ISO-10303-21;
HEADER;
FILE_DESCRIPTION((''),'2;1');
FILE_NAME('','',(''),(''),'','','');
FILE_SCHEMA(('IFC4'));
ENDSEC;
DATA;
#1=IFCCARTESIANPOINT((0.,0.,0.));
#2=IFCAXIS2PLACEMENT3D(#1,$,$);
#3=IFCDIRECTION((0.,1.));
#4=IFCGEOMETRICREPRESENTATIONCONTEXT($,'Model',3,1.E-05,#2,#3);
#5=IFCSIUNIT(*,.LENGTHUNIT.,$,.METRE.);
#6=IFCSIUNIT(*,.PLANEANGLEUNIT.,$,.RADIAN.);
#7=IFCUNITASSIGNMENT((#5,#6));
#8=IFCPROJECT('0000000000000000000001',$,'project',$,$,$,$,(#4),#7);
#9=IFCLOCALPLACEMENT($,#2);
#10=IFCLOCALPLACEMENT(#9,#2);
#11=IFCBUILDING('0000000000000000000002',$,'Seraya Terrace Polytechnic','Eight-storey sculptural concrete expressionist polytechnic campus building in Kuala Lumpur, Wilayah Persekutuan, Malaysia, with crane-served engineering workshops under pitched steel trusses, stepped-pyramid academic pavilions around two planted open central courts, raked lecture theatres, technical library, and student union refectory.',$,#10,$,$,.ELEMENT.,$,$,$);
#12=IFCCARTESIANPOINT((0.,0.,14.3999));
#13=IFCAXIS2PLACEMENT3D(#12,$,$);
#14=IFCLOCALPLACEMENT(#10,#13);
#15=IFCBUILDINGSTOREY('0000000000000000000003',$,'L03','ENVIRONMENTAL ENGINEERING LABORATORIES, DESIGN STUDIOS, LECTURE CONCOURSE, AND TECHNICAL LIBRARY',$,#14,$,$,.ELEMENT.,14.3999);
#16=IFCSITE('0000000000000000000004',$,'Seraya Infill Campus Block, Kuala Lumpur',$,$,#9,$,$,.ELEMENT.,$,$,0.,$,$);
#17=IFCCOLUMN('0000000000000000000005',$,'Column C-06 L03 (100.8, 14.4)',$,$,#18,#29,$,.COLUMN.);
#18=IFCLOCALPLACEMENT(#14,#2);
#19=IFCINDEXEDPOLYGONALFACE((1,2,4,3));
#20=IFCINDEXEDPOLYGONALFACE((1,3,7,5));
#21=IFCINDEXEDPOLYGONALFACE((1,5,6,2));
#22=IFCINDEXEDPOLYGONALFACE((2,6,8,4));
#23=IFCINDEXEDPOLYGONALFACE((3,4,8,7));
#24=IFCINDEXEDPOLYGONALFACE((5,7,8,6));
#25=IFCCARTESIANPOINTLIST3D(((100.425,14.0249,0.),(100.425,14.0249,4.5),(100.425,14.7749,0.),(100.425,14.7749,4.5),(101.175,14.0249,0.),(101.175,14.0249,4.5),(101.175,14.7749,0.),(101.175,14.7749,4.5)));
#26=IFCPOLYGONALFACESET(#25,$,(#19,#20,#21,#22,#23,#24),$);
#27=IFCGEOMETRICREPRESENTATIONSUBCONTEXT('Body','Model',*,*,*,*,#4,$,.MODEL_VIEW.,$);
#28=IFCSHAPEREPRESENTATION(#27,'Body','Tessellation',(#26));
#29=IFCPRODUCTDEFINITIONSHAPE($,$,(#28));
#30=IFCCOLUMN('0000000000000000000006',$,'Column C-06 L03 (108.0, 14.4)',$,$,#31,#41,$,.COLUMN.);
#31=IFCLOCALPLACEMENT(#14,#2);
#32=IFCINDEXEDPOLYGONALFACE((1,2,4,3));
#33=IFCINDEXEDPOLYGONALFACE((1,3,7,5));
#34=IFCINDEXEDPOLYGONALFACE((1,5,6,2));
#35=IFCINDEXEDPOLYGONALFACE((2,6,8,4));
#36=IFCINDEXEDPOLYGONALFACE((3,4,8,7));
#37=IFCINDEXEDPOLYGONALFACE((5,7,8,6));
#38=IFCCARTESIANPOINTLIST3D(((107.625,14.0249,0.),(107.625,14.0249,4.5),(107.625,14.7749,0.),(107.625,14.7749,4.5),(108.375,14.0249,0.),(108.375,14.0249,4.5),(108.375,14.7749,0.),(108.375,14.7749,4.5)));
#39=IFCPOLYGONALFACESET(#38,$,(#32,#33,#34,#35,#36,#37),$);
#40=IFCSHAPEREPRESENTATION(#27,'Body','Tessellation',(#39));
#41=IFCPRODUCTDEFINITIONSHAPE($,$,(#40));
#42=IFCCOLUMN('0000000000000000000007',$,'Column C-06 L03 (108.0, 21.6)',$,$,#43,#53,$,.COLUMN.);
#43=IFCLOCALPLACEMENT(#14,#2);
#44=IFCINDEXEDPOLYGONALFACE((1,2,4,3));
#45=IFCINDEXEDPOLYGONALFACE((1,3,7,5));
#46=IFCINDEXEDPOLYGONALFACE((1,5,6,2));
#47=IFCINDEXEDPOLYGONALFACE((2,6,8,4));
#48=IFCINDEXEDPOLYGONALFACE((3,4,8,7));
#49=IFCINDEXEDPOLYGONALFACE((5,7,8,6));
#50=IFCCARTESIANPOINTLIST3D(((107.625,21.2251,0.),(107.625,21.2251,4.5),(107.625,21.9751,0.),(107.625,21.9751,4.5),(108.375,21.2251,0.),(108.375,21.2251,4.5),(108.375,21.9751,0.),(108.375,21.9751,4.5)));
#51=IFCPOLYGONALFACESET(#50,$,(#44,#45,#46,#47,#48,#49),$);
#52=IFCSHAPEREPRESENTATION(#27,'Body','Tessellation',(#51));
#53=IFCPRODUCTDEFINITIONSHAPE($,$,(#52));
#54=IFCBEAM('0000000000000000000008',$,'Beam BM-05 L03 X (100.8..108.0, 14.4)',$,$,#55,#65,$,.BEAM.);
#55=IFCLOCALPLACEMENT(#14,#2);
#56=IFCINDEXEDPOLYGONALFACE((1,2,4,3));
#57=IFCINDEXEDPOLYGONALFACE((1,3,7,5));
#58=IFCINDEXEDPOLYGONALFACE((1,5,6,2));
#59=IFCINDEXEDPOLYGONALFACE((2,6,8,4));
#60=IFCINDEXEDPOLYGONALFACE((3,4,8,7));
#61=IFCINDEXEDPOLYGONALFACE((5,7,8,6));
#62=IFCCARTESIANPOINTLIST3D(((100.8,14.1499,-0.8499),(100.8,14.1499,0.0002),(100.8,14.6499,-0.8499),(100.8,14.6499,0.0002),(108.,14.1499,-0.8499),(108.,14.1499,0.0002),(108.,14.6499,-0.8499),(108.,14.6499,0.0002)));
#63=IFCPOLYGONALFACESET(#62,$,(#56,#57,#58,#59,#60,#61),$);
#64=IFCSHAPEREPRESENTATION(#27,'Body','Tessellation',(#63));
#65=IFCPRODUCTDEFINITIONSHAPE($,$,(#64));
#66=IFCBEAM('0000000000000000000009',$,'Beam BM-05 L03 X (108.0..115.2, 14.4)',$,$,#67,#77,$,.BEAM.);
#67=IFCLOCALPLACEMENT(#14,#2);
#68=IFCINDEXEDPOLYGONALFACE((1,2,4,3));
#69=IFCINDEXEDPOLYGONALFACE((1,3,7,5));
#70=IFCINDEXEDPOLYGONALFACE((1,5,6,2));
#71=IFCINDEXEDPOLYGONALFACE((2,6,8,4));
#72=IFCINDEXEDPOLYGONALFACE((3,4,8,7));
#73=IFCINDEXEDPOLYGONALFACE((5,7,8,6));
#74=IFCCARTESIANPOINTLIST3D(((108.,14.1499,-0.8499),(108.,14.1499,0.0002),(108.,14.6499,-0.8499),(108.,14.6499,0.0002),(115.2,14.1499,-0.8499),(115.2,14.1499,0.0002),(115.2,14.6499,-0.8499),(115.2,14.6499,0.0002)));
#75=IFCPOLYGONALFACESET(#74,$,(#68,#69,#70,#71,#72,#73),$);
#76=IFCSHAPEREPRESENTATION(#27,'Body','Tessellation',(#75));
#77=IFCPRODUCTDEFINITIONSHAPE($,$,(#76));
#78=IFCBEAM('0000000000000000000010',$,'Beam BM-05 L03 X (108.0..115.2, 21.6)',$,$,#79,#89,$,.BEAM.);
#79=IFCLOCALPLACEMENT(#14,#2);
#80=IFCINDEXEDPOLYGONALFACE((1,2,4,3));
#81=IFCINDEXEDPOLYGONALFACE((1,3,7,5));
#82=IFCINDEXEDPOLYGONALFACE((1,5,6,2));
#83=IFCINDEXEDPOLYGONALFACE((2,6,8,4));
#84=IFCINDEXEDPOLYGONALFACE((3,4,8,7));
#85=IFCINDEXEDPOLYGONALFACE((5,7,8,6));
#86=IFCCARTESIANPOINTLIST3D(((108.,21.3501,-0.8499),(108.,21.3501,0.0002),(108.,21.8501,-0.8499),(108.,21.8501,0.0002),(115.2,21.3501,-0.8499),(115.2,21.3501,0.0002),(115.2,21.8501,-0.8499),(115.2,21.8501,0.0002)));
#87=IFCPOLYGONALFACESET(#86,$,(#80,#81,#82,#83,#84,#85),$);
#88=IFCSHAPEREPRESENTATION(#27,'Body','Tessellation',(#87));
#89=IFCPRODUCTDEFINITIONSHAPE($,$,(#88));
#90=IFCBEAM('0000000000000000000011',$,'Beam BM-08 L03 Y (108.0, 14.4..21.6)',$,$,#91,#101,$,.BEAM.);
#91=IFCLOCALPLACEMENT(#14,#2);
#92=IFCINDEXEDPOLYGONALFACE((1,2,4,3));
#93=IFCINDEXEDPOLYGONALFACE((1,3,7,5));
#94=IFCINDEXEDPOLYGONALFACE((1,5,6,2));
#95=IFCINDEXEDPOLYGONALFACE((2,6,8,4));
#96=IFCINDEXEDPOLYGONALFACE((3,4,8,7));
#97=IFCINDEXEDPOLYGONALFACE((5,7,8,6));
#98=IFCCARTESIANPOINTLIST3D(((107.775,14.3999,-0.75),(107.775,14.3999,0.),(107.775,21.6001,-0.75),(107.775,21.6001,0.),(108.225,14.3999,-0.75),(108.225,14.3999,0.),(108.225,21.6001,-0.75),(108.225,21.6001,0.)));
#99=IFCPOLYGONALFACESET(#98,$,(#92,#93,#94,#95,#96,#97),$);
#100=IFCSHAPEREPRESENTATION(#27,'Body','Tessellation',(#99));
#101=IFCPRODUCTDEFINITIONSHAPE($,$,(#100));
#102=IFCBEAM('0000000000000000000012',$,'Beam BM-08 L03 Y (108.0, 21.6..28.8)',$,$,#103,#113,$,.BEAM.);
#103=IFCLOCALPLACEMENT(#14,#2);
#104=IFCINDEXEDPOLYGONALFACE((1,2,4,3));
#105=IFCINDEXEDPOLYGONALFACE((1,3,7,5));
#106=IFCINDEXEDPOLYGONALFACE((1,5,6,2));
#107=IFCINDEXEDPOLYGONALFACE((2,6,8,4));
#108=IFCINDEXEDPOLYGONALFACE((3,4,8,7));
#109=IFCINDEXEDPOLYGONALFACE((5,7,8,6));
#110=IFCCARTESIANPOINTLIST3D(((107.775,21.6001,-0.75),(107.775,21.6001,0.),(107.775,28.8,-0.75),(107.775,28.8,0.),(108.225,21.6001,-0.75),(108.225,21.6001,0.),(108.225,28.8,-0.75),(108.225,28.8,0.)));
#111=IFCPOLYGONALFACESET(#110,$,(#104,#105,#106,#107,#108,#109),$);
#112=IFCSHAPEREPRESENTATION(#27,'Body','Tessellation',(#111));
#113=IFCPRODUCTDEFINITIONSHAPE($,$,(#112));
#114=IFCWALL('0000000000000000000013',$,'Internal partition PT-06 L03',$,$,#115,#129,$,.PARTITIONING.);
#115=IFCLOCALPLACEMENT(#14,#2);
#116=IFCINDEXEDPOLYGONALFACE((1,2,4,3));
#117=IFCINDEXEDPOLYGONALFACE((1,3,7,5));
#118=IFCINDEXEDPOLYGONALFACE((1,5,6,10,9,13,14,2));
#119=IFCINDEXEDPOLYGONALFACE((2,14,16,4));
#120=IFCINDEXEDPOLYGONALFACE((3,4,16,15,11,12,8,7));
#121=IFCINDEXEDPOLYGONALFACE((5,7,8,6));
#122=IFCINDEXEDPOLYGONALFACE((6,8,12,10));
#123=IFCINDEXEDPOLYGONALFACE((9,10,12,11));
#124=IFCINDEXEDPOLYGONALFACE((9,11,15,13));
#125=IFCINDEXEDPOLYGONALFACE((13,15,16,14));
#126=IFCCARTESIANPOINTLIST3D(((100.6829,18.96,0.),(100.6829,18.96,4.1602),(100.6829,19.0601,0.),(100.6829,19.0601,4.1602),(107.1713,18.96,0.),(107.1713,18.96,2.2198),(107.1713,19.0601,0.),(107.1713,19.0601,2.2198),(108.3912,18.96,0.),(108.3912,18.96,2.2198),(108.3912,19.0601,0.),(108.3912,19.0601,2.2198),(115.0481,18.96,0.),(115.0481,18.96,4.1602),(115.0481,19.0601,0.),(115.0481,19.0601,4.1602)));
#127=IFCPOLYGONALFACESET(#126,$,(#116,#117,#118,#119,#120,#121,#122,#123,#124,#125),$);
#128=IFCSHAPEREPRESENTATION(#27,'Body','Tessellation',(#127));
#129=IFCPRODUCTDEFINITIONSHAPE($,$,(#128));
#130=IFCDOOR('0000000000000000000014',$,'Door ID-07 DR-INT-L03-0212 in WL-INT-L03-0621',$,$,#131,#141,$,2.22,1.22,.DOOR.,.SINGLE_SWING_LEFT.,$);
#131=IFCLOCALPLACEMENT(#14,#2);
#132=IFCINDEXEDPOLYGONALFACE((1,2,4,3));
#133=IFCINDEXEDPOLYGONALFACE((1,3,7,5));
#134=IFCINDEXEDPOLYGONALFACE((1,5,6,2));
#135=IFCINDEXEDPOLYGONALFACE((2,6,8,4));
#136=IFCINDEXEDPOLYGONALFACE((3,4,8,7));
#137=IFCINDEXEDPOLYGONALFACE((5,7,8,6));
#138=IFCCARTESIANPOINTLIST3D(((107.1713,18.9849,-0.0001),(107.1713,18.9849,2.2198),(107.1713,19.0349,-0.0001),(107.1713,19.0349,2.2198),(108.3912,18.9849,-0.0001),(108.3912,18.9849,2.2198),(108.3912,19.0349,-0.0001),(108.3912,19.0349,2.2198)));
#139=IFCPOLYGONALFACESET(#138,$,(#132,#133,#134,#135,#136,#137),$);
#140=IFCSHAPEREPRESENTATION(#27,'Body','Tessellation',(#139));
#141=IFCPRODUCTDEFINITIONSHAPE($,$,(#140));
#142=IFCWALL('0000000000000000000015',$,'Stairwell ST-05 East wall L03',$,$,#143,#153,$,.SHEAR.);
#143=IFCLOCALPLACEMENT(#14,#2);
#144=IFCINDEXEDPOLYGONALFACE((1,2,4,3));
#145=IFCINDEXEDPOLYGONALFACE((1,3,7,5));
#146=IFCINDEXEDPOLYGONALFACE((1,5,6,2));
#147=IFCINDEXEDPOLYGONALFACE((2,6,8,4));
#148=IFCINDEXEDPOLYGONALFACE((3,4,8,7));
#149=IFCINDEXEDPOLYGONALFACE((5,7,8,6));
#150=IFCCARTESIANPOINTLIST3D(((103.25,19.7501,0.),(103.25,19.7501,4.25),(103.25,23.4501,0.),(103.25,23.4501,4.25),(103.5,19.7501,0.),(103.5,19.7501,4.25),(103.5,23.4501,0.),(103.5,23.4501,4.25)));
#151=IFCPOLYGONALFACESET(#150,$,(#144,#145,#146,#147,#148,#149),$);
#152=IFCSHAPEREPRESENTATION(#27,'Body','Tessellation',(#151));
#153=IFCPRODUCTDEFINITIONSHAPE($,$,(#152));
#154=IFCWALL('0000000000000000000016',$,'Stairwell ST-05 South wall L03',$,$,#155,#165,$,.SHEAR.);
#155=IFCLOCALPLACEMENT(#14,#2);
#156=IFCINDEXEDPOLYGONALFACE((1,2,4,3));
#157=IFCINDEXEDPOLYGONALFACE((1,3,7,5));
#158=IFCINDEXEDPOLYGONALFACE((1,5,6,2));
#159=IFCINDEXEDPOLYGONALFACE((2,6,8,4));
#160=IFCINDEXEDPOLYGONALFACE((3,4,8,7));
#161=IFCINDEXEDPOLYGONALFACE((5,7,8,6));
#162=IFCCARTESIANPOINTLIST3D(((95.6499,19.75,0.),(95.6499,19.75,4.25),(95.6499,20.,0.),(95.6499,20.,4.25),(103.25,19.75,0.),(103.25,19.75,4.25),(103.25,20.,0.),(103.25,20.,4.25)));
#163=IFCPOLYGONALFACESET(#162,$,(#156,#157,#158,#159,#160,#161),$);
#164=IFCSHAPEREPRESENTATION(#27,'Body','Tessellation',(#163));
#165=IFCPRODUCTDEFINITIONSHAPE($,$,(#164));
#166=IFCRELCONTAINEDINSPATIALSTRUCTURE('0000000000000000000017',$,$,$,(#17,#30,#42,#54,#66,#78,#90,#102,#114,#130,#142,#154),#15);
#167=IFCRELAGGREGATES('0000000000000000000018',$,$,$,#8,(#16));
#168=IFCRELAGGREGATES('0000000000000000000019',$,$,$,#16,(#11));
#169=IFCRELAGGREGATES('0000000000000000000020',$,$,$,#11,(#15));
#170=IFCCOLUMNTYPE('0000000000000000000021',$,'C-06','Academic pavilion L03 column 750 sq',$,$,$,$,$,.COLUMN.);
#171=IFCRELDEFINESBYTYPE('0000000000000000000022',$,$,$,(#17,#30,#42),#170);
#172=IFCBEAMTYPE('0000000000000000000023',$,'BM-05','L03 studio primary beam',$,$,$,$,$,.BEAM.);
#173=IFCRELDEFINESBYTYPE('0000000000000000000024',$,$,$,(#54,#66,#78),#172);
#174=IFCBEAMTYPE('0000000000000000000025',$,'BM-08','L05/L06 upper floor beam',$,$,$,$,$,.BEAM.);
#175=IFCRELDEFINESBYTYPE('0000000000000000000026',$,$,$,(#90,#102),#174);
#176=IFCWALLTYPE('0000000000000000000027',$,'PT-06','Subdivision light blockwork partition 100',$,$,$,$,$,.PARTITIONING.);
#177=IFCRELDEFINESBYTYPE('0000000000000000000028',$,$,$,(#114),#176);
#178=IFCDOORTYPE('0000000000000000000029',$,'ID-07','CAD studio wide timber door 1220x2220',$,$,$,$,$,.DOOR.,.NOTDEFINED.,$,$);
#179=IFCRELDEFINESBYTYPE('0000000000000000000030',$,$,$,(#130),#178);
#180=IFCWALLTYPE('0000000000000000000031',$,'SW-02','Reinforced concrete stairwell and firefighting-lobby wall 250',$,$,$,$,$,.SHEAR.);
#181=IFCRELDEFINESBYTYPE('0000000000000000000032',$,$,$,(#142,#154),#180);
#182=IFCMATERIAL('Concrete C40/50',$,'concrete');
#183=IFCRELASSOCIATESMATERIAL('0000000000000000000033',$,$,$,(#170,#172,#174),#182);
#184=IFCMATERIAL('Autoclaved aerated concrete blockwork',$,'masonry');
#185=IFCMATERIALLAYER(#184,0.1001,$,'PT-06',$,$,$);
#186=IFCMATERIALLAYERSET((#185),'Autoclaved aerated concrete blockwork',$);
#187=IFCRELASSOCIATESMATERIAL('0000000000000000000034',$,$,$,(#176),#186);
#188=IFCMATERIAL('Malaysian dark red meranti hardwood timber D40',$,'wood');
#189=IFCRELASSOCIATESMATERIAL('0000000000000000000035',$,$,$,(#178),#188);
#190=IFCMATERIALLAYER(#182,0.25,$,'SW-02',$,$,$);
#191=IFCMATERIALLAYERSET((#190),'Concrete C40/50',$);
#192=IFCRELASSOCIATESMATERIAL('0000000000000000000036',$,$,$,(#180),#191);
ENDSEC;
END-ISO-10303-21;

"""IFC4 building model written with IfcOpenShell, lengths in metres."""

from ifc_helpers import new_model, si_unit, direction, frame, frame_2d, origin, origin_2d, place, context, subcontext, project, spatial, rectangle, extrude, material, layer, layer_set, material_profile, profile_set, type_object, element, fill, save


model = new_model("IFC4")

# Units and contexts
model_context = context("Model", 3, precision=1e-05, world=origin(), true_north=direction((0.0, 1.0)))
body_context = subcontext(model_context, "Body", "Model", "MODEL_VIEW")
ifc_project = project(units=[si_unit("LENGTHUNIT", "METRE"), si_unit("PLANEANGLEUNIT", "RADIAN")], contexts=[model_context])

# Site, building, storey
site_placement = place(None, origin())
site = spatial("IfcSite", under=ifc_project, at=site_placement, Name="Seraya Infill Campus Block, Kuala Lumpur", CompositionType="ELEMENT", RefElevation=0.0)
building_placement = place(site_placement, origin())
building = spatial("IfcBuilding", under=site, at=building_placement, Name="Seraya Terrace Polytechnic", Description="Eight-storey sculptural concrete expressionist polytechnic campus building in Kuala Lumpur, Wilayah Persekutuan, Malaysia, with crane-served engineering workshops under pitched steel trusses, stepped-pyramid academic pavilions around two planted open central courts, raked lecture theatres, technical library, and student union refectory.", CompositionType="ELEMENT")
storey_placement = place(building_placement, frame((0.0, 0.0, 14.3999)))
storey = spatial("IfcBuildingStorey", under=building, at=storey_placement, Name="L03", Description="ENVIRONMENTAL ENGINEERING LABORATORIES, DESIGN STUDIOS, LECTURE CONCOURSE, AND TECHNICAL LIBRARY", CompositionType="ELEMENT", Elevation=14.3999)

# Columns
ifc_material_1 = material(Name="Concrete C40/50", Category="concrete")
ifc_material_profile_1 = material_profile(ifc_material_1, rectangle(XDim=0.75, YDim=0.75, at=origin_2d()), Name="RC 750x750")
ifc_profile_set_1 = profile_set([ifc_material_profile_1], Name="Concrete C40/50")
column_type = type_object("IfcColumnType", Name="C-06", Description="Academic pavilion L03 column 750 sq", PredefinedType="COLUMN", material=ifc_profile_set_1)
for number, where, z_axis, x_axis, name in (
    (1, (100.8, 14.3999, 0.0), (0.0, 0.0, 1.0), (1.0, 0.0, 0.0), "Column C-06 L03 (100.8, 14.4)"),
    (2, (108.0, 14.3999, 0.0), (0.0, 0.0, 1.0), (1.0, 0.0, 0.0), "Column C-06 L03 (108.0, 14.4)"),
    (3, (108.0, 21.6001, 0.0), (0.0, 0.0, 1.0), (1.0, 0.0, 0.0), "Column C-06 L03 (108.0, 21.6)"),
):
    element("IfcColumn", number, at=place(storey_placement, frame(where, z_axis=z_axis, x_axis=x_axis)), inside=storey, type_object=column_type, Name=name, PredefinedType="COLUMN", context=body_context, shape_type="SweptSolid", body=[
        extrude(rectangle(XDim=0.75, YDim=0.75, at=origin_2d()), origin(), (0.0, 0.0, 1.0), 4.5),
    ])

# Beams
ifc_material_profile_2 = material_profile(ifc_material_1, rectangle(XDim=0.5, YDim=0.8501, at=origin_2d()), Name="RC 500x850")
ifc_profile_set_2 = profile_set([ifc_material_profile_2], Name="Concrete C40/50")
beam_type_1 = type_object("IfcBeamType", Name="BM-05", Description="L03 studio primary beam", PredefinedType="BEAM", material=ifc_profile_set_2)
for number, where, z_axis, x_axis, name in (
    (4, (100.8, 14.3999, -0.4248), (1.0, 0.0, 0.0), (0.0, 1.0, 0.0), "Beam BM-05 L03 X (100.8..108.0, 14.4)"),
    (5, (108.0, 14.3999, -0.4248), (1.0, 0.0, 0.0), (0.0, 1.0, 0.0), "Beam BM-05 L03 X (108.0..115.2, 14.4)"),
    (6, (108.0, 21.6001, -0.4248), (1.0, 0.0, 0.0), (0.0, 1.0, 0.0), "Beam BM-05 L03 X (108.0..115.2, 21.6)"),
):
    element("IfcBeam", number, at=place(storey_placement, frame(where, z_axis=z_axis, x_axis=x_axis)), inside=storey, type_object=beam_type_1, Name=name, PredefinedType="BEAM", context=body_context, shape_type="SweptSolid", body=[
        extrude(rectangle(XDim=0.5, YDim=0.8501, at=origin_2d()), origin(), (0.0, 0.0, 1.0), 7.2),
    ])
ifc_material_profile_3 = material_profile(ifc_material_1, rectangle(XDim=0.45, YDim=0.75, at=origin_2d()), Name="RC 450x750")
ifc_profile_set_3 = profile_set([ifc_material_profile_3], Name="Concrete C40/50")
beam_type_2 = type_object("IfcBeamType", Name="BM-08", Description="L05/L06 upper floor beam", PredefinedType="BEAM", material=ifc_profile_set_3)
beam_1_placement = place(storey_placement, frame((108.0, 14.3999, -0.375), z_axis=(0.0, 1.0, 0.0), x_axis=(-1.0, 0.0, 0.0)))
element("IfcBeam", 7, at=beam_1_placement, inside=storey, type_object=beam_type_2, Name="Beam BM-08 L03 Y (108.0, 14.4..21.6)", PredefinedType="BEAM", context=body_context, shape_type="SweptSolid", body=[
    extrude(rectangle(XDim=0.45, YDim=0.75, at=origin_2d()), origin(), (0.0, 0.0, 1.0), 7.2002),
])
beam_2_placement = place(storey_placement, frame((108.0, 21.6001, -0.375), z_axis=(0.0, 1.0, 0.0), x_axis=(-1.0, 0.0, 0.0)))
element("IfcBeam", 8, at=beam_2_placement, inside=storey, type_object=beam_type_2, Name="Beam BM-08 L03 Y (108.0, 21.6..28.8)", PredefinedType="BEAM", context=body_context, shape_type="SweptSolid", body=[
    extrude(rectangle(XDim=0.45, YDim=0.75, at=origin_2d()), origin(), (0.0, 0.0, 1.0), 7.2),
])

# Shared definitions
ifc_material_2 = material(Name="Autoclaved aerated concrete blockwork", Category="masonry")

# Wall, opening, door
ifc_layer_1 = layer(ifc_material_2, 0.1001, Name="PT-06")
ifc_layer_set_1 = layer_set([ifc_layer_1], Name="Autoclaved aerated concrete blockwork")
wall_type_1 = type_object("IfcWallType", Name="PT-06", Description="Subdivision light blockwork partition 100", PredefinedType="PARTITIONING", material=ifc_layer_set_1)
wall_1_placement = place(storey_placement, frame((100.6829, 19.01, 0.0), z_axis=(0.0, 0.0, 1.0), x_axis=(1.0, 0.0, 0.0)))
wall_1 = element("IfcWall", 9, at=wall_1_placement, inside=storey, type_object=wall_type_1, Name="Internal partition PT-06 L03", PredefinedType="PARTITIONING", context=body_context, shape_type="SweptSolid", body=[
    extrude(rectangle(XDim=14.3652, YDim=0.1001, at=frame_2d((7.1826, 0.0))), origin(), (0.0, 0.0, 1.0), 4.1602),
])
opening_1_placement = place(wall_1_placement, frame((6.4885, 0.0, 0.0)))
opening_1 = element("IfcOpeningElement", 10, at=opening_1_placement, cuts=wall_1, PredefinedType="OPENING", context=body_context, shape_type="SweptSolid", body=[
    extrude(rectangle(XDim=1.22, YDim=2.22, at=frame_2d((0.6099, 1.1099))), frame((0.0, 0.062, 0.0), z_axis=(0.0, -1.0, 0.0), x_axis=(1.0, 0.0, 0.0)), (0.0, 0.0, 1.0), 0.124),
])
ifc_material_3 = material(Name="Malaysian dark red meranti hardwood timber D40", Category="wood")
door_type_1 = type_object("IfcDoorType", Name="ID-07", Description="CAD studio wide timber door 1220x2220", OperationType="NOTDEFINED", PredefinedType="DOOR", material=ifc_material_3)
door_1_placement = place(opening_1_placement, origin())
door_1 = element("IfcDoor", 11, at=door_1_placement, inside=storey, type_object=door_type_1, Name="Door ID-07 DR-INT-L03-0212 in WL-INT-L03-0621", OperationType="SINGLE_SWING_LEFT", OverallHeight=2.22, OverallWidth=1.22, PredefinedType="DOOR", context=body_context, shape_type="SweptSolid", body=[
    extrude(rectangle(XDim=1.22, YDim=2.22, at=frame_2d((0.6099, 1.1099))), frame((0.0, 0.0249, 0.0), z_axis=(0.0, -1.0, 0.0), x_axis=(1.0, 0.0, 0.0)), (0.0, 0.0, 1.0), 0.05),
])
fill(opening_1, door_1)
ifc_layer_2 = layer(ifc_material_1, 0.25, Name="SW-02")
ifc_layer_set_2 = layer_set([ifc_layer_2], Name="Concrete C40/50")
wall_type_2 = type_object("IfcWallType", Name="SW-02", Description="Reinforced concrete stairwell and firefighting-lobby wall 250", PredefinedType="SHEAR", material=ifc_layer_set_2)

# Walls
wall_2_placement = place(storey_placement, frame((103.375, 19.75, 0.0), z_axis=(0.0, 0.0, 1.0), x_axis=(0.0, 1.0, 0.0)))
element("IfcWall", 12, at=wall_2_placement, inside=storey, type_object=wall_type_2, Name="Stairwell ST-05 East wall L03", PredefinedType="SHEAR", context=body_context, shape_type="SweptSolid", body=[
    extrude(rectangle(XDim=3.7, YDim=0.25, at=frame_2d((1.8501, 0.0))), origin(), (0.0, 0.0, 1.0), 4.25),
])
wall_3_placement = place(storey_placement, frame((95.6499, 19.875, 0.0), z_axis=(0.0, 0.0, 1.0), x_axis=(1.0, 0.0, 0.0)))
element("IfcWall", 13, at=wall_3_placement, inside=storey, type_object=wall_type_2, Name="Stairwell ST-05 South wall L03", PredefinedType="SHEAR", context=body_context, shape_type="SweptSolid", body=[
    extrude(rectangle(XDim=7.6001, YDim=0.25, at=frame_2d((3.8, 0.0))), origin(), (0.0, 0.0, 1.0), 4.25),
])

save(model, "model.ifc")
